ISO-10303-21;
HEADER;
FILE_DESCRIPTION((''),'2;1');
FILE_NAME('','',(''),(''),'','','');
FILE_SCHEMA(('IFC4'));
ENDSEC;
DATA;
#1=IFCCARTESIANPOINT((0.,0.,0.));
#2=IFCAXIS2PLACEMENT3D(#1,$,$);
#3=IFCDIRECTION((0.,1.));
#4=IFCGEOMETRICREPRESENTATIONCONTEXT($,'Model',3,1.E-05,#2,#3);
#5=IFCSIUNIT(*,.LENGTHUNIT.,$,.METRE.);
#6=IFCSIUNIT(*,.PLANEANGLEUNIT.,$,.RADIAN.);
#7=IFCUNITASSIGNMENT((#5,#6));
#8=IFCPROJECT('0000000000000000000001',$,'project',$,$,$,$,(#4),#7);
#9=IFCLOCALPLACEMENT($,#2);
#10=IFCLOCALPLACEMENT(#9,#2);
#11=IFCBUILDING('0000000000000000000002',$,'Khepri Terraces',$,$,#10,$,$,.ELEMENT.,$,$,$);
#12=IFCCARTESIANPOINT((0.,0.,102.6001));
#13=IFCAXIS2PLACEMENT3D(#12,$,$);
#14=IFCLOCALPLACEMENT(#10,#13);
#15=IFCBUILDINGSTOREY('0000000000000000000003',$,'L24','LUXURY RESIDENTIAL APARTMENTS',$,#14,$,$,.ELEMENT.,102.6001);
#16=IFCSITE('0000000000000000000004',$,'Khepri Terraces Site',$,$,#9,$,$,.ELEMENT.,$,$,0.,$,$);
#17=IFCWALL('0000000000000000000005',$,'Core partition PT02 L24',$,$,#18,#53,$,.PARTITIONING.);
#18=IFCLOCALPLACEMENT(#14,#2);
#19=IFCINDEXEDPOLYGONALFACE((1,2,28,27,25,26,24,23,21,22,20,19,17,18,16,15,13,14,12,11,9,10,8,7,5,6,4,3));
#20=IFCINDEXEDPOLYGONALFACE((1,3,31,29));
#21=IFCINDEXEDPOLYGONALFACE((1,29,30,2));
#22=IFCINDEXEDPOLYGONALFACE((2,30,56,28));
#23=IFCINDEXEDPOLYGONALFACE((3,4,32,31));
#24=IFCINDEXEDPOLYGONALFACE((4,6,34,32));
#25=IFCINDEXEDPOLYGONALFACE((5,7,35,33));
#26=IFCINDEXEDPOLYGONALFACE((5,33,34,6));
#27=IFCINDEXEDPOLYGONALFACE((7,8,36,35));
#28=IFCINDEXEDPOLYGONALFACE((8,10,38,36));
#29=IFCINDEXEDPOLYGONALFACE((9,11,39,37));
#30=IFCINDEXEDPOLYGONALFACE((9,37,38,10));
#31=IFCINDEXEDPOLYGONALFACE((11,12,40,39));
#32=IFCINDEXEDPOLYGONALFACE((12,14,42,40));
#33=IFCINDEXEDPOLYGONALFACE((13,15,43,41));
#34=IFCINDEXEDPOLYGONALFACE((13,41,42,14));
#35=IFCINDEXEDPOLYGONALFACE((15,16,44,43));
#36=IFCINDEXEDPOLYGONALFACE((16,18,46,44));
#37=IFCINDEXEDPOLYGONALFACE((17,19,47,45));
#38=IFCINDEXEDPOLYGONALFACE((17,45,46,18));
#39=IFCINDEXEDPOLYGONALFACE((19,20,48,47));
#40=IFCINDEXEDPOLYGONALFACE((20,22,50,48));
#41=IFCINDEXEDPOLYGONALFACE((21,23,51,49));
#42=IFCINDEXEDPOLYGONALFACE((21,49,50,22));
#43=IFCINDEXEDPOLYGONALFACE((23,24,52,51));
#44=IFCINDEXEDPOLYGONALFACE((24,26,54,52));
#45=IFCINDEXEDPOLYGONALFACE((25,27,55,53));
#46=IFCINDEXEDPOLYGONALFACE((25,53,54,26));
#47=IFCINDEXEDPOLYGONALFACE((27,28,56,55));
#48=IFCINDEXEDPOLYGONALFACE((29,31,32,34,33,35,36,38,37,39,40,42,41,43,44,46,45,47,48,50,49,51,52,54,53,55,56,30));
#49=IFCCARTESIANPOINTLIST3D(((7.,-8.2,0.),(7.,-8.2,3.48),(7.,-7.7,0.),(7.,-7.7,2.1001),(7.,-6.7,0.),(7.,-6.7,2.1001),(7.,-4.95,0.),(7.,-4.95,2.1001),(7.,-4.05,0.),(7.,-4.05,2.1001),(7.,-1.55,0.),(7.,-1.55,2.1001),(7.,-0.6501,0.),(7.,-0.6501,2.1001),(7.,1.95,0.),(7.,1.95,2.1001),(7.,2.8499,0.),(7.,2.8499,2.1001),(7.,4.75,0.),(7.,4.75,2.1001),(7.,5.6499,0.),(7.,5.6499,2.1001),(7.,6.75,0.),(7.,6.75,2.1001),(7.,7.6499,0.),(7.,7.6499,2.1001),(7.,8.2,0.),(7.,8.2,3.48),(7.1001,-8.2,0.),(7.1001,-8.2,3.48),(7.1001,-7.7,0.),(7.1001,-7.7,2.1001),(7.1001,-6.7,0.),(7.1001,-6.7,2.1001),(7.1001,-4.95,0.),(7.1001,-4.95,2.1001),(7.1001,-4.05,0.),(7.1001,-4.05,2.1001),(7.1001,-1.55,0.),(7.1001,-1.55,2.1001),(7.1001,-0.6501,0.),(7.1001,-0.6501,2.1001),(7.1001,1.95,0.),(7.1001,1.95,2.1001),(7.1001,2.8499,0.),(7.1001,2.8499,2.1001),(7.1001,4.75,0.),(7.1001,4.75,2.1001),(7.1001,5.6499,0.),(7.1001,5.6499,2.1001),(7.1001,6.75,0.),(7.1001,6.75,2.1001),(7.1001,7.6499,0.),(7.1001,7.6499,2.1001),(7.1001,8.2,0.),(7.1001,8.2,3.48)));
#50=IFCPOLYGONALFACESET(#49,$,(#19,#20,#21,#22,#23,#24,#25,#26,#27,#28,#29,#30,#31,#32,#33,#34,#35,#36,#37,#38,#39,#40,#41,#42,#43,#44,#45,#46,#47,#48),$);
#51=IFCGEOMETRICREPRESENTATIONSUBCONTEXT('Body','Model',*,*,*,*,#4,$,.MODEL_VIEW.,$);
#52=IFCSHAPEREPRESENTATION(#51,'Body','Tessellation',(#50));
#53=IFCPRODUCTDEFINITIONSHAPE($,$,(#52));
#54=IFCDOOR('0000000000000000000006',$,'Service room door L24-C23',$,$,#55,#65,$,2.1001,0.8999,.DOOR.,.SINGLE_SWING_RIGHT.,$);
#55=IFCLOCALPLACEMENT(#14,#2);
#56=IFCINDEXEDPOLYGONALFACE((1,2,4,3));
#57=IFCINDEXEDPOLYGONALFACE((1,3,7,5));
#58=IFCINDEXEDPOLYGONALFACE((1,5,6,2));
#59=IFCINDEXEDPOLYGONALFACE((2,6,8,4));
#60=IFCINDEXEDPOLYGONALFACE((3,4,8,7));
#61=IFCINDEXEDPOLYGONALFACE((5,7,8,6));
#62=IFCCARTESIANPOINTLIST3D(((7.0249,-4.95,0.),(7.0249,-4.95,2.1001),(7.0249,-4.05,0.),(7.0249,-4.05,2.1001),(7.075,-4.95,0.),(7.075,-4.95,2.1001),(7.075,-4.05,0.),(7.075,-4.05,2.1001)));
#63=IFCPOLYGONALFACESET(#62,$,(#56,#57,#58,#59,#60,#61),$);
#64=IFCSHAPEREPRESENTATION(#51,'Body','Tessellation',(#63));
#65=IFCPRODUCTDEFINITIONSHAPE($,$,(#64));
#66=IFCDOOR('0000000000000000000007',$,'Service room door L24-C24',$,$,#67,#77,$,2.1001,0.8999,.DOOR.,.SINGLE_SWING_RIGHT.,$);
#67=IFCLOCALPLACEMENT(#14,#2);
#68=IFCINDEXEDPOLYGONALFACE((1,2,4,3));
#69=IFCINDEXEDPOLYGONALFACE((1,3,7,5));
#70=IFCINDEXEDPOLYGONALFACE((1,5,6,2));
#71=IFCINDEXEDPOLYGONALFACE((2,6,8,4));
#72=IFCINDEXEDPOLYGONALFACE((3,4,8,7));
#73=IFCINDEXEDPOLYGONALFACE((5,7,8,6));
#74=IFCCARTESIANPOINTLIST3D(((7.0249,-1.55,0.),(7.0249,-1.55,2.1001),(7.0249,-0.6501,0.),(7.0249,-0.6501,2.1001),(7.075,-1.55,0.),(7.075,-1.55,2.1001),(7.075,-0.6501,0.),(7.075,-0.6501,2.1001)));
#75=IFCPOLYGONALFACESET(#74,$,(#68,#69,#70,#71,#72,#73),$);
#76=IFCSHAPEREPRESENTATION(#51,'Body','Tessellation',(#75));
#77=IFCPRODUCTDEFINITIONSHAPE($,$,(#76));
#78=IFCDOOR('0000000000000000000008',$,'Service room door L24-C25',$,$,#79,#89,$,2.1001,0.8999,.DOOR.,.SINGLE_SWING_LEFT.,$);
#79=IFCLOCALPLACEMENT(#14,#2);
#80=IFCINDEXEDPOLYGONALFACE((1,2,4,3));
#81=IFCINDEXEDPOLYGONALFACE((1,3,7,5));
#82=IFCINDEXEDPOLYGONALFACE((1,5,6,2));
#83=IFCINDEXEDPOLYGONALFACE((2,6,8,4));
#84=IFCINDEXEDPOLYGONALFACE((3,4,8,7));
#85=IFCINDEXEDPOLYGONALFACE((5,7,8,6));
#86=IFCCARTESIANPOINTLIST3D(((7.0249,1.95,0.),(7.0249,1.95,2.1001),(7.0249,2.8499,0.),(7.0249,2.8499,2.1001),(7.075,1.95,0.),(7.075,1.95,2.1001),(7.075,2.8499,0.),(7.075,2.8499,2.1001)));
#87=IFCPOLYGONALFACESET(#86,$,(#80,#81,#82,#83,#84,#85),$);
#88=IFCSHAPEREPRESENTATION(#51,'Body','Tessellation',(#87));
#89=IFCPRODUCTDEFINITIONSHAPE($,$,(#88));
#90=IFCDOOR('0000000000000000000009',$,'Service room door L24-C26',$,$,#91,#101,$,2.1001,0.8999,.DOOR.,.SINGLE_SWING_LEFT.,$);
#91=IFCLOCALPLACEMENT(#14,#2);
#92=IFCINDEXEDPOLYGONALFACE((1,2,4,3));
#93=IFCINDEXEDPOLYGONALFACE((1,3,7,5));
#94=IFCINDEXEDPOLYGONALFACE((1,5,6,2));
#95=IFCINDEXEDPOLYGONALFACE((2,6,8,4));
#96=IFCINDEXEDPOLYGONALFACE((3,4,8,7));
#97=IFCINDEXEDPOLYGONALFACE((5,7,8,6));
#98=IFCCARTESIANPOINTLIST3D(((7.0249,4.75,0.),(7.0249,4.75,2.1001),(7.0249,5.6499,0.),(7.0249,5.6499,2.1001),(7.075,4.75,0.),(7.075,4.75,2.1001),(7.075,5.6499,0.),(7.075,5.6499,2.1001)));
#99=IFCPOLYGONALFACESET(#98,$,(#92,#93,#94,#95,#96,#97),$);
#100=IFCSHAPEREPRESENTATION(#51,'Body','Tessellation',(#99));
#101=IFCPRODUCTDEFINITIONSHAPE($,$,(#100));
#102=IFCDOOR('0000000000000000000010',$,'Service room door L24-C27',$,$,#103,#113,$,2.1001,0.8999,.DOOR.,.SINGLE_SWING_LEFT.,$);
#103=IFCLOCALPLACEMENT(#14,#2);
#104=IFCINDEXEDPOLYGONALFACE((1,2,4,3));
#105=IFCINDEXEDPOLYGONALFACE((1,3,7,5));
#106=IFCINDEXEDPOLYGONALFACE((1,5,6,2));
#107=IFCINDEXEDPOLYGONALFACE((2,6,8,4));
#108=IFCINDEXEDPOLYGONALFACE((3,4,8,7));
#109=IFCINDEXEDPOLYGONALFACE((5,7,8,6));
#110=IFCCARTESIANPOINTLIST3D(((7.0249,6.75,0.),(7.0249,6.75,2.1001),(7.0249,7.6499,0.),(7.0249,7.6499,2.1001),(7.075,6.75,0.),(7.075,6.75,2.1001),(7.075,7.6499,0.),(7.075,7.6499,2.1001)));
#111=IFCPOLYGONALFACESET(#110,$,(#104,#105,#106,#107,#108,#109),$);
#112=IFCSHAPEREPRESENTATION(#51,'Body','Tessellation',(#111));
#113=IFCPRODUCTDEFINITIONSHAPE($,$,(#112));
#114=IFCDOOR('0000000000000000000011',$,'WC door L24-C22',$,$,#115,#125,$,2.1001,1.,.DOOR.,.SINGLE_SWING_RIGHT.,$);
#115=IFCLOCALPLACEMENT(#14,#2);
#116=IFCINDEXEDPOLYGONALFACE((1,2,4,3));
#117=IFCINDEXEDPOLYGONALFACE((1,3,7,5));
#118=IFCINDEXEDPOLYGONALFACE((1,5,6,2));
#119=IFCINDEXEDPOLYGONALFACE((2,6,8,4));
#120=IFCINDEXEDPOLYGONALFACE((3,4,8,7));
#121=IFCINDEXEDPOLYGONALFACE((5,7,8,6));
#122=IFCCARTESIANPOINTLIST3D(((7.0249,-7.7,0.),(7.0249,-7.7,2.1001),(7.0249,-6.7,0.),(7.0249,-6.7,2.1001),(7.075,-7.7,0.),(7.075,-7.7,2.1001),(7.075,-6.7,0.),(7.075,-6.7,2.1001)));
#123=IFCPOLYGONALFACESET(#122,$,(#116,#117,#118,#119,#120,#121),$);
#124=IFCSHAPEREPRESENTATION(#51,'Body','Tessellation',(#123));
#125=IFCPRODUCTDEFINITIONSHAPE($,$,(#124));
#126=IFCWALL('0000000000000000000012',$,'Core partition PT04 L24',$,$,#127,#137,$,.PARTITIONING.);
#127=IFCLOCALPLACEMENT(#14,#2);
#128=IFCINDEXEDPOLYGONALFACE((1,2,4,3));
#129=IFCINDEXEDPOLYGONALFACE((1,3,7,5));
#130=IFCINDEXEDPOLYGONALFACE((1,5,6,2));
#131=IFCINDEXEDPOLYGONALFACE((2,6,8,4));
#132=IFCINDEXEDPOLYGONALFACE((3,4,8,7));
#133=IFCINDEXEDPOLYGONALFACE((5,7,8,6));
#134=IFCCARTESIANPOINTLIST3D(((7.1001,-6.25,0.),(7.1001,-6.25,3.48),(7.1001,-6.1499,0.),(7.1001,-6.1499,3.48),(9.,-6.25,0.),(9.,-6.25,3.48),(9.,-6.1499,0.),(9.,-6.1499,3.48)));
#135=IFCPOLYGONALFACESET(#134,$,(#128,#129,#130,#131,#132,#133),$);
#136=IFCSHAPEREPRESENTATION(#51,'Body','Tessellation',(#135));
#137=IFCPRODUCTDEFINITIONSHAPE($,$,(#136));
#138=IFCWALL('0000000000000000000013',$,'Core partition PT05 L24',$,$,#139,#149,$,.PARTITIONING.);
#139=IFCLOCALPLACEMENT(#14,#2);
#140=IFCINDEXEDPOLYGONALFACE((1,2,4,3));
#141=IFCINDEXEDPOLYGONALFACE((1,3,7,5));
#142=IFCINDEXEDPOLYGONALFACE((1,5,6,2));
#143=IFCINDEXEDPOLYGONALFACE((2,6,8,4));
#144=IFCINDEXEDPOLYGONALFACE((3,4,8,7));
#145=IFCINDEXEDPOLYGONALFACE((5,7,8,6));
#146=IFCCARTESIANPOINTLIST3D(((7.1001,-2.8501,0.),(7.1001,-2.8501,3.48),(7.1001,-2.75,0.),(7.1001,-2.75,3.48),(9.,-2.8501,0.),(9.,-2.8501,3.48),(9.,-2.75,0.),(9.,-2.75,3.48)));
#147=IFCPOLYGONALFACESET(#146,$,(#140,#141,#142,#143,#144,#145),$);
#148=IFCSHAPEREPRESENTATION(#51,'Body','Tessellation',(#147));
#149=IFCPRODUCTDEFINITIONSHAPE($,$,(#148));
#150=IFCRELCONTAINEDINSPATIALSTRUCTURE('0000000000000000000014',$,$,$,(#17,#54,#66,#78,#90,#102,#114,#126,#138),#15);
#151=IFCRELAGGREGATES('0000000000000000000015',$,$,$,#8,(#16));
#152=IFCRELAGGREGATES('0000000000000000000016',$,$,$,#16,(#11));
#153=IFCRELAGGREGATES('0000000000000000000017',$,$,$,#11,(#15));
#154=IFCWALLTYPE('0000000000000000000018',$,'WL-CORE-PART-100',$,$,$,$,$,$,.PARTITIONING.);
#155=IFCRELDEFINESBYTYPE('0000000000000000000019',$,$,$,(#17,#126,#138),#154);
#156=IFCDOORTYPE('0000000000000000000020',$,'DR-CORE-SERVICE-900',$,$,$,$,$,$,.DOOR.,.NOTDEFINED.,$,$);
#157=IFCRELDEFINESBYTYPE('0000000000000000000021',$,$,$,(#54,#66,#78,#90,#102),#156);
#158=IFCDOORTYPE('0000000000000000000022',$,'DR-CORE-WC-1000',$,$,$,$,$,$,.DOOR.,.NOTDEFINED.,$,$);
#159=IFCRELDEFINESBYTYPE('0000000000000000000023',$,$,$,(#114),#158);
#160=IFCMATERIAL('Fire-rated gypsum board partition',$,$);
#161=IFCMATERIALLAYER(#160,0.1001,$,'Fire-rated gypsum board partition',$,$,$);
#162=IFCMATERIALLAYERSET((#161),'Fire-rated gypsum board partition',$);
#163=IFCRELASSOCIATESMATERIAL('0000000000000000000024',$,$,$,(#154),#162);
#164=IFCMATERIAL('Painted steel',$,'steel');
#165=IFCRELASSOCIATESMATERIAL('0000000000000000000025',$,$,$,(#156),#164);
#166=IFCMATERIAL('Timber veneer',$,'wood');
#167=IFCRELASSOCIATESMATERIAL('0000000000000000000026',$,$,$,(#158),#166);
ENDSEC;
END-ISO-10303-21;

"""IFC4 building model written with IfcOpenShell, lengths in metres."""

from ifc_helpers import new_model, si_unit, direction, frame, frame_2d, origin, place, context, subcontext, project, spatial, rectangle, extrude, material, layer, layer_set, type_object, element, fill, save


model = new_model("IFC4")

# Units and contexts
model_context = context("Model", 3, precision=1e-05, world=origin(), true_north=direction((0.0, 1.0)))
body_context = subcontext(model_context, "Body", "Model", "MODEL_VIEW")
ifc_project = project(units=[si_unit("LENGTHUNIT", "METRE"), si_unit("PLANEANGLEUNIT", "RADIAN")], contexts=[model_context])

# Site, building, storey
site_placement = place(None, origin())
site = spatial("IfcSite", under=ifc_project, at=site_placement, Name="Khepri Terraces Site", CompositionType="ELEMENT", RefElevation=0.0)
building_placement = place(site_placement, origin())
building = spatial("IfcBuilding", under=site, at=building_placement, Name="Khepri Terraces", CompositionType="ELEMENT")
storey_placement = place(building_placement, frame((0.0, 0.0, 102.6001)))
storey = spatial("IfcBuildingStorey", under=building, at=storey_placement, Name="L24", Description="LUXURY RESIDENTIAL APARTMENTS", CompositionType="ELEMENT", Elevation=102.6001)

# Shared definitions
ifc_material_1 = material(Name="Painted steel", Category="steel")

# Wall, openings, doors
ifc_material_2 = material(Name="Fire-rated gypsum board partition")
ifc_layer_1 = layer(ifc_material_2, 0.1001, Name="Fire-rated gypsum board partition")
ifc_layer_set_1 = layer_set([ifc_layer_1], Name="Fire-rated gypsum board partition")
wall_type_1 = type_object("IfcWallType", Name="WL-CORE-PART-100", PredefinedType="PARTITIONING", material=ifc_layer_set_1)
wall_1_placement = place(storey_placement, frame((7.05, -8.2, 0.0), z_axis=(0.0, 0.0, 1.0), x_axis=(0.0, 1.0, 0.0)))
wall_1 = element("IfcWall", 1, at=wall_1_placement, inside=storey, type_object=wall_type_1, Name="Core partition PT02 L24", PredefinedType="PARTITIONING", context=body_context, shape_type="SweptSolid", body=[
    extrude(rectangle(XDim=16.3999, YDim=0.1001, at=frame_2d((8.2, 0.0))), origin(), (0.0, 0.0, 1.0), 3.48),
])
opening_1_placement = place(wall_1_placement, frame((0.5, 0.0, 0.0)))
opening_1 = element("IfcOpeningElement", 2, at=opening_1_placement, cuts=wall_1, PredefinedType="OPENING", context=body_context, shape_type="SweptSolid", body=[
    extrude(rectangle(XDim=1.0, YDim=2.1001, at=frame_2d((0.5, 1.05))), frame((0.0, 0.0601, 0.0), z_axis=(0.0, -1.0, 0.0), x_axis=(1.0, 0.0, 0.0)), (0.0, 0.0, 1.0), 0.1201),
])
opening_2_placement = place(wall_1_placement, frame((3.25, 0.0, 0.0)))
opening_2 = element("IfcOpeningElement", 3, at=opening_2_placement, cuts=wall_1, PredefinedType="OPENING", context=body_context, shape_type="SweptSolid", body=[
    extrude(rectangle(XDim=0.8999, YDim=2.1001, at=frame_2d((0.45, 1.05))), frame((0.0, 0.0601, 0.0), z_axis=(0.0, -1.0, 0.0), x_axis=(1.0, 0.0, 0.0)), (0.0, 0.0, 1.0), 0.1201),
])
opening_3_placement = place(wall_1_placement, frame((6.6499, 0.0, 0.0)))
opening_3 = element("IfcOpeningElement", 4, at=opening_3_placement, cuts=wall_1, PredefinedType="OPENING", context=body_context, shape_type="SweptSolid", body=[
    extrude(rectangle(XDim=0.8999, YDim=2.1001, at=frame_2d((0.45, 1.05))), frame((0.0, 0.0601, 0.0), z_axis=(0.0, -1.0, 0.0), x_axis=(1.0, 0.0, 0.0)), (0.0, 0.0, 1.0), 0.1201),
])
opening_4_placement = place(wall_1_placement, frame((10.1499, 0.0, 0.0)))
opening_4 = element("IfcOpeningElement", 5, at=opening_4_placement, cuts=wall_1, PredefinedType="OPENING", context=body_context, shape_type="SweptSolid", body=[
    extrude(rectangle(XDim=0.8999, YDim=2.1001, at=frame_2d((0.45, 1.05))), frame((0.0, 0.0601, 0.0), z_axis=(0.0, -1.0, 0.0), x_axis=(1.0, 0.0, 0.0)), (0.0, 0.0, 1.0), 0.1201),
])
opening_5_placement = place(wall_1_placement, frame((12.95, 0.0, 0.0)))
opening_5 = element("IfcOpeningElement", 6, at=opening_5_placement, cuts=wall_1, PredefinedType="OPENING", context=body_context, shape_type="SweptSolid", body=[
    extrude(rectangle(XDim=0.8999, YDim=2.1001, at=frame_2d((0.45, 1.05))), frame((0.0, 0.0601, 0.0), z_axis=(0.0, -1.0, 0.0), x_axis=(1.0, 0.0, 0.0)), (0.0, 0.0, 1.0), 0.1201),
])
opening_6_placement = place(wall_1_placement, frame((14.95, 0.0, 0.0)))
opening_6 = element("IfcOpeningElement", 7, at=opening_6_placement, cuts=wall_1, PredefinedType="OPENING", context=body_context, shape_type="SweptSolid", body=[
    extrude(rectangle(XDim=0.8999, YDim=2.1001, at=frame_2d((0.45, 1.05))), frame((0.0, 0.0601, 0.0), z_axis=(0.0, -1.0, 0.0), x_axis=(1.0, 0.0, 0.0)), (0.0, 0.0, 1.0), 0.1201),
])
door_type_1 = type_object("IfcDoorType", Name="DR-CORE-SERVICE-900", OperationType="NOTDEFINED", PredefinedType="DOOR", material=ifc_material_1)
door_1_placement = place(opening_2_placement, frame((0.8999, 0.0, 0.0), z_axis=(0.0, 0.0, 1.0), x_axis=(-1.0, 0.0, 0.0)))
door_1 = element("IfcDoor", 8, at=door_1_placement, inside=storey, type_object=door_type_1, Name="Service room door L24-C23", OperationType="SINGLE_SWING_RIGHT", OverallHeight=2.1001, OverallWidth=0.8999, PredefinedType="DOOR", context=body_context, shape_type="SweptSolid", body=[
    extrude(rectangle(XDim=0.8999, YDim=2.1001, at=frame_2d((0.45, 1.05))), frame((0.0, 0.0249, 0.0), z_axis=(0.0, -1.0, 0.0), x_axis=(1.0, 0.0, 0.0)), (0.0, 0.0, 1.0), 0.05),
])
fill(opening_2, door_1)
door_2_placement = place(opening_3_placement, frame((0.8999, 0.0, 0.0), z_axis=(0.0, 0.0, 1.0), x_axis=(-1.0, 0.0, 0.0)))
door_2 = element("IfcDoor", 9, at=door_2_placement, inside=storey, type_object=door_type_1, Name="Service room door L24-C24", OperationType="SINGLE_SWING_RIGHT", OverallHeight=2.1001, OverallWidth=0.8999, PredefinedType="DOOR", context=body_context, shape_type="SweptSolid", body=[
    extrude(rectangle(XDim=0.8999, YDim=2.1001, at=frame_2d((0.45, 1.05))), frame((0.0, 0.0249, 0.0), z_axis=(0.0, -1.0, 0.0), x_axis=(1.0, 0.0, 0.0)), (0.0, 0.0, 1.0), 0.05),
])
fill(opening_3, door_2)
door_3_placement = place(opening_4_placement, frame((0.8999, 0.0, 0.0), z_axis=(0.0, 0.0, 1.0), x_axis=(-1.0, 0.0, 0.0)))
door_3 = element("IfcDoor", 10, at=door_3_placement, inside=storey, type_object=door_type_1, Name="Service room door L24-C25", OperationType="SINGLE_SWING_LEFT", OverallHeight=2.1001, OverallWidth=0.8999, PredefinedType="DOOR", context=body_context, shape_type="SweptSolid", body=[
    extrude(rectangle(XDim=0.8999, YDim=2.1001, at=frame_2d((0.45, 1.05))), frame((0.0, 0.0249, 0.0), z_axis=(0.0, -1.0, 0.0), x_axis=(1.0, 0.0, 0.0)), (0.0, 0.0, 1.0), 0.05),
])
fill(opening_4, door_3)
door_4_placement = place(opening_5_placement, frame((0.8999, 0.0, 0.0), z_axis=(0.0, 0.0, 1.0), x_axis=(-1.0, 0.0, 0.0)))
door_4 = element("IfcDoor", 11, at=door_4_placement, inside=storey, type_object=door_type_1, Name="Service room door L24-C26", OperationType="SINGLE_SWING_LEFT", OverallHeight=2.1001, OverallWidth=0.8999, PredefinedType="DOOR", context=body_context, shape_type="SweptSolid", body=[
    extrude(rectangle(XDim=0.8999, YDim=2.1001, at=frame_2d((0.45, 1.05))), frame((0.0, 0.0249, 0.0), z_axis=(0.0, -1.0, 0.0), x_axis=(1.0, 0.0, 0.0)), (0.0, 0.0, 1.0), 0.05),
])
fill(opening_5, door_4)
door_5_placement = place(opening_6_placement, frame((0.8999, 0.0, 0.0), z_axis=(0.0, 0.0, 1.0), x_axis=(-1.0, 0.0, 0.0)))
door_5 = element("IfcDoor", 12, at=door_5_placement, inside=storey, type_object=door_type_1, Name="Service room door L24-C27", OperationType="SINGLE_SWING_LEFT", OverallHeight=2.1001, OverallWidth=0.8999, PredefinedType="DOOR", context=body_context, shape_type="SweptSolid", body=[
    extrude(rectangle(XDim=0.8999, YDim=2.1001, at=frame_2d((0.45, 1.05))), frame((0.0, 0.0249, 0.0), z_axis=(0.0, -1.0, 0.0), x_axis=(1.0, 0.0, 0.0)), (0.0, 0.0, 1.0), 0.05),
])
fill(opening_6, door_5)
ifc_material_3 = material(Name="Timber veneer", Category="wood")
door_type_2 = type_object("IfcDoorType", Name="DR-CORE-WC-1000", OperationType="NOTDEFINED", PredefinedType="DOOR", material=ifc_material_3)
door_6_placement = place(opening_1_placement, frame((1.0, 0.0, 0.0), z_axis=(0.0, 0.0, 1.0), x_axis=(-1.0, 0.0, 0.0)))
door_6 = element("IfcDoor", 13, at=door_6_placement, inside=storey, type_object=door_type_2, Name="WC door L24-C22", OperationType="SINGLE_SWING_RIGHT", OverallHeight=2.1001, OverallWidth=1.0, PredefinedType="DOOR", context=body_context, shape_type="SweptSolid", body=[
    extrude(rectangle(XDim=1.0, YDim=2.1001, at=frame_2d((0.5, 1.05))), frame((0.0, 0.0249, 0.0), z_axis=(0.0, -1.0, 0.0), x_axis=(1.0, 0.0, 0.0)), (0.0, 0.0, 1.0), 0.05),
])
fill(opening_1, door_6)

# Walls
for number, where, z_axis, x_axis, name in (
    (14, (7.1001, -6.2, 0.0), (0.0, 0.0, 1.0), (1.0, 0.0, 0.0), "Core partition PT04 L24"),
    (15, (7.1001, -2.8, 0.0), (0.0, 0.0, 1.0), (1.0, 0.0, 0.0), "Core partition PT05 L24"),
):
    element("IfcWall", number, at=place(storey_placement, frame(where, z_axis=z_axis, x_axis=x_axis)), inside=storey, type_object=wall_type_1, Name=name, PredefinedType="PARTITIONING", context=body_context, shape_type="SweptSolid", body=[
        extrude(rectangle(XDim=1.8999, YDim=0.1001, at=frame_2d((0.95, 0.0))), origin(), (0.0, 0.0, 1.0), 3.48),
    ])

save(model, "model.ifc")
